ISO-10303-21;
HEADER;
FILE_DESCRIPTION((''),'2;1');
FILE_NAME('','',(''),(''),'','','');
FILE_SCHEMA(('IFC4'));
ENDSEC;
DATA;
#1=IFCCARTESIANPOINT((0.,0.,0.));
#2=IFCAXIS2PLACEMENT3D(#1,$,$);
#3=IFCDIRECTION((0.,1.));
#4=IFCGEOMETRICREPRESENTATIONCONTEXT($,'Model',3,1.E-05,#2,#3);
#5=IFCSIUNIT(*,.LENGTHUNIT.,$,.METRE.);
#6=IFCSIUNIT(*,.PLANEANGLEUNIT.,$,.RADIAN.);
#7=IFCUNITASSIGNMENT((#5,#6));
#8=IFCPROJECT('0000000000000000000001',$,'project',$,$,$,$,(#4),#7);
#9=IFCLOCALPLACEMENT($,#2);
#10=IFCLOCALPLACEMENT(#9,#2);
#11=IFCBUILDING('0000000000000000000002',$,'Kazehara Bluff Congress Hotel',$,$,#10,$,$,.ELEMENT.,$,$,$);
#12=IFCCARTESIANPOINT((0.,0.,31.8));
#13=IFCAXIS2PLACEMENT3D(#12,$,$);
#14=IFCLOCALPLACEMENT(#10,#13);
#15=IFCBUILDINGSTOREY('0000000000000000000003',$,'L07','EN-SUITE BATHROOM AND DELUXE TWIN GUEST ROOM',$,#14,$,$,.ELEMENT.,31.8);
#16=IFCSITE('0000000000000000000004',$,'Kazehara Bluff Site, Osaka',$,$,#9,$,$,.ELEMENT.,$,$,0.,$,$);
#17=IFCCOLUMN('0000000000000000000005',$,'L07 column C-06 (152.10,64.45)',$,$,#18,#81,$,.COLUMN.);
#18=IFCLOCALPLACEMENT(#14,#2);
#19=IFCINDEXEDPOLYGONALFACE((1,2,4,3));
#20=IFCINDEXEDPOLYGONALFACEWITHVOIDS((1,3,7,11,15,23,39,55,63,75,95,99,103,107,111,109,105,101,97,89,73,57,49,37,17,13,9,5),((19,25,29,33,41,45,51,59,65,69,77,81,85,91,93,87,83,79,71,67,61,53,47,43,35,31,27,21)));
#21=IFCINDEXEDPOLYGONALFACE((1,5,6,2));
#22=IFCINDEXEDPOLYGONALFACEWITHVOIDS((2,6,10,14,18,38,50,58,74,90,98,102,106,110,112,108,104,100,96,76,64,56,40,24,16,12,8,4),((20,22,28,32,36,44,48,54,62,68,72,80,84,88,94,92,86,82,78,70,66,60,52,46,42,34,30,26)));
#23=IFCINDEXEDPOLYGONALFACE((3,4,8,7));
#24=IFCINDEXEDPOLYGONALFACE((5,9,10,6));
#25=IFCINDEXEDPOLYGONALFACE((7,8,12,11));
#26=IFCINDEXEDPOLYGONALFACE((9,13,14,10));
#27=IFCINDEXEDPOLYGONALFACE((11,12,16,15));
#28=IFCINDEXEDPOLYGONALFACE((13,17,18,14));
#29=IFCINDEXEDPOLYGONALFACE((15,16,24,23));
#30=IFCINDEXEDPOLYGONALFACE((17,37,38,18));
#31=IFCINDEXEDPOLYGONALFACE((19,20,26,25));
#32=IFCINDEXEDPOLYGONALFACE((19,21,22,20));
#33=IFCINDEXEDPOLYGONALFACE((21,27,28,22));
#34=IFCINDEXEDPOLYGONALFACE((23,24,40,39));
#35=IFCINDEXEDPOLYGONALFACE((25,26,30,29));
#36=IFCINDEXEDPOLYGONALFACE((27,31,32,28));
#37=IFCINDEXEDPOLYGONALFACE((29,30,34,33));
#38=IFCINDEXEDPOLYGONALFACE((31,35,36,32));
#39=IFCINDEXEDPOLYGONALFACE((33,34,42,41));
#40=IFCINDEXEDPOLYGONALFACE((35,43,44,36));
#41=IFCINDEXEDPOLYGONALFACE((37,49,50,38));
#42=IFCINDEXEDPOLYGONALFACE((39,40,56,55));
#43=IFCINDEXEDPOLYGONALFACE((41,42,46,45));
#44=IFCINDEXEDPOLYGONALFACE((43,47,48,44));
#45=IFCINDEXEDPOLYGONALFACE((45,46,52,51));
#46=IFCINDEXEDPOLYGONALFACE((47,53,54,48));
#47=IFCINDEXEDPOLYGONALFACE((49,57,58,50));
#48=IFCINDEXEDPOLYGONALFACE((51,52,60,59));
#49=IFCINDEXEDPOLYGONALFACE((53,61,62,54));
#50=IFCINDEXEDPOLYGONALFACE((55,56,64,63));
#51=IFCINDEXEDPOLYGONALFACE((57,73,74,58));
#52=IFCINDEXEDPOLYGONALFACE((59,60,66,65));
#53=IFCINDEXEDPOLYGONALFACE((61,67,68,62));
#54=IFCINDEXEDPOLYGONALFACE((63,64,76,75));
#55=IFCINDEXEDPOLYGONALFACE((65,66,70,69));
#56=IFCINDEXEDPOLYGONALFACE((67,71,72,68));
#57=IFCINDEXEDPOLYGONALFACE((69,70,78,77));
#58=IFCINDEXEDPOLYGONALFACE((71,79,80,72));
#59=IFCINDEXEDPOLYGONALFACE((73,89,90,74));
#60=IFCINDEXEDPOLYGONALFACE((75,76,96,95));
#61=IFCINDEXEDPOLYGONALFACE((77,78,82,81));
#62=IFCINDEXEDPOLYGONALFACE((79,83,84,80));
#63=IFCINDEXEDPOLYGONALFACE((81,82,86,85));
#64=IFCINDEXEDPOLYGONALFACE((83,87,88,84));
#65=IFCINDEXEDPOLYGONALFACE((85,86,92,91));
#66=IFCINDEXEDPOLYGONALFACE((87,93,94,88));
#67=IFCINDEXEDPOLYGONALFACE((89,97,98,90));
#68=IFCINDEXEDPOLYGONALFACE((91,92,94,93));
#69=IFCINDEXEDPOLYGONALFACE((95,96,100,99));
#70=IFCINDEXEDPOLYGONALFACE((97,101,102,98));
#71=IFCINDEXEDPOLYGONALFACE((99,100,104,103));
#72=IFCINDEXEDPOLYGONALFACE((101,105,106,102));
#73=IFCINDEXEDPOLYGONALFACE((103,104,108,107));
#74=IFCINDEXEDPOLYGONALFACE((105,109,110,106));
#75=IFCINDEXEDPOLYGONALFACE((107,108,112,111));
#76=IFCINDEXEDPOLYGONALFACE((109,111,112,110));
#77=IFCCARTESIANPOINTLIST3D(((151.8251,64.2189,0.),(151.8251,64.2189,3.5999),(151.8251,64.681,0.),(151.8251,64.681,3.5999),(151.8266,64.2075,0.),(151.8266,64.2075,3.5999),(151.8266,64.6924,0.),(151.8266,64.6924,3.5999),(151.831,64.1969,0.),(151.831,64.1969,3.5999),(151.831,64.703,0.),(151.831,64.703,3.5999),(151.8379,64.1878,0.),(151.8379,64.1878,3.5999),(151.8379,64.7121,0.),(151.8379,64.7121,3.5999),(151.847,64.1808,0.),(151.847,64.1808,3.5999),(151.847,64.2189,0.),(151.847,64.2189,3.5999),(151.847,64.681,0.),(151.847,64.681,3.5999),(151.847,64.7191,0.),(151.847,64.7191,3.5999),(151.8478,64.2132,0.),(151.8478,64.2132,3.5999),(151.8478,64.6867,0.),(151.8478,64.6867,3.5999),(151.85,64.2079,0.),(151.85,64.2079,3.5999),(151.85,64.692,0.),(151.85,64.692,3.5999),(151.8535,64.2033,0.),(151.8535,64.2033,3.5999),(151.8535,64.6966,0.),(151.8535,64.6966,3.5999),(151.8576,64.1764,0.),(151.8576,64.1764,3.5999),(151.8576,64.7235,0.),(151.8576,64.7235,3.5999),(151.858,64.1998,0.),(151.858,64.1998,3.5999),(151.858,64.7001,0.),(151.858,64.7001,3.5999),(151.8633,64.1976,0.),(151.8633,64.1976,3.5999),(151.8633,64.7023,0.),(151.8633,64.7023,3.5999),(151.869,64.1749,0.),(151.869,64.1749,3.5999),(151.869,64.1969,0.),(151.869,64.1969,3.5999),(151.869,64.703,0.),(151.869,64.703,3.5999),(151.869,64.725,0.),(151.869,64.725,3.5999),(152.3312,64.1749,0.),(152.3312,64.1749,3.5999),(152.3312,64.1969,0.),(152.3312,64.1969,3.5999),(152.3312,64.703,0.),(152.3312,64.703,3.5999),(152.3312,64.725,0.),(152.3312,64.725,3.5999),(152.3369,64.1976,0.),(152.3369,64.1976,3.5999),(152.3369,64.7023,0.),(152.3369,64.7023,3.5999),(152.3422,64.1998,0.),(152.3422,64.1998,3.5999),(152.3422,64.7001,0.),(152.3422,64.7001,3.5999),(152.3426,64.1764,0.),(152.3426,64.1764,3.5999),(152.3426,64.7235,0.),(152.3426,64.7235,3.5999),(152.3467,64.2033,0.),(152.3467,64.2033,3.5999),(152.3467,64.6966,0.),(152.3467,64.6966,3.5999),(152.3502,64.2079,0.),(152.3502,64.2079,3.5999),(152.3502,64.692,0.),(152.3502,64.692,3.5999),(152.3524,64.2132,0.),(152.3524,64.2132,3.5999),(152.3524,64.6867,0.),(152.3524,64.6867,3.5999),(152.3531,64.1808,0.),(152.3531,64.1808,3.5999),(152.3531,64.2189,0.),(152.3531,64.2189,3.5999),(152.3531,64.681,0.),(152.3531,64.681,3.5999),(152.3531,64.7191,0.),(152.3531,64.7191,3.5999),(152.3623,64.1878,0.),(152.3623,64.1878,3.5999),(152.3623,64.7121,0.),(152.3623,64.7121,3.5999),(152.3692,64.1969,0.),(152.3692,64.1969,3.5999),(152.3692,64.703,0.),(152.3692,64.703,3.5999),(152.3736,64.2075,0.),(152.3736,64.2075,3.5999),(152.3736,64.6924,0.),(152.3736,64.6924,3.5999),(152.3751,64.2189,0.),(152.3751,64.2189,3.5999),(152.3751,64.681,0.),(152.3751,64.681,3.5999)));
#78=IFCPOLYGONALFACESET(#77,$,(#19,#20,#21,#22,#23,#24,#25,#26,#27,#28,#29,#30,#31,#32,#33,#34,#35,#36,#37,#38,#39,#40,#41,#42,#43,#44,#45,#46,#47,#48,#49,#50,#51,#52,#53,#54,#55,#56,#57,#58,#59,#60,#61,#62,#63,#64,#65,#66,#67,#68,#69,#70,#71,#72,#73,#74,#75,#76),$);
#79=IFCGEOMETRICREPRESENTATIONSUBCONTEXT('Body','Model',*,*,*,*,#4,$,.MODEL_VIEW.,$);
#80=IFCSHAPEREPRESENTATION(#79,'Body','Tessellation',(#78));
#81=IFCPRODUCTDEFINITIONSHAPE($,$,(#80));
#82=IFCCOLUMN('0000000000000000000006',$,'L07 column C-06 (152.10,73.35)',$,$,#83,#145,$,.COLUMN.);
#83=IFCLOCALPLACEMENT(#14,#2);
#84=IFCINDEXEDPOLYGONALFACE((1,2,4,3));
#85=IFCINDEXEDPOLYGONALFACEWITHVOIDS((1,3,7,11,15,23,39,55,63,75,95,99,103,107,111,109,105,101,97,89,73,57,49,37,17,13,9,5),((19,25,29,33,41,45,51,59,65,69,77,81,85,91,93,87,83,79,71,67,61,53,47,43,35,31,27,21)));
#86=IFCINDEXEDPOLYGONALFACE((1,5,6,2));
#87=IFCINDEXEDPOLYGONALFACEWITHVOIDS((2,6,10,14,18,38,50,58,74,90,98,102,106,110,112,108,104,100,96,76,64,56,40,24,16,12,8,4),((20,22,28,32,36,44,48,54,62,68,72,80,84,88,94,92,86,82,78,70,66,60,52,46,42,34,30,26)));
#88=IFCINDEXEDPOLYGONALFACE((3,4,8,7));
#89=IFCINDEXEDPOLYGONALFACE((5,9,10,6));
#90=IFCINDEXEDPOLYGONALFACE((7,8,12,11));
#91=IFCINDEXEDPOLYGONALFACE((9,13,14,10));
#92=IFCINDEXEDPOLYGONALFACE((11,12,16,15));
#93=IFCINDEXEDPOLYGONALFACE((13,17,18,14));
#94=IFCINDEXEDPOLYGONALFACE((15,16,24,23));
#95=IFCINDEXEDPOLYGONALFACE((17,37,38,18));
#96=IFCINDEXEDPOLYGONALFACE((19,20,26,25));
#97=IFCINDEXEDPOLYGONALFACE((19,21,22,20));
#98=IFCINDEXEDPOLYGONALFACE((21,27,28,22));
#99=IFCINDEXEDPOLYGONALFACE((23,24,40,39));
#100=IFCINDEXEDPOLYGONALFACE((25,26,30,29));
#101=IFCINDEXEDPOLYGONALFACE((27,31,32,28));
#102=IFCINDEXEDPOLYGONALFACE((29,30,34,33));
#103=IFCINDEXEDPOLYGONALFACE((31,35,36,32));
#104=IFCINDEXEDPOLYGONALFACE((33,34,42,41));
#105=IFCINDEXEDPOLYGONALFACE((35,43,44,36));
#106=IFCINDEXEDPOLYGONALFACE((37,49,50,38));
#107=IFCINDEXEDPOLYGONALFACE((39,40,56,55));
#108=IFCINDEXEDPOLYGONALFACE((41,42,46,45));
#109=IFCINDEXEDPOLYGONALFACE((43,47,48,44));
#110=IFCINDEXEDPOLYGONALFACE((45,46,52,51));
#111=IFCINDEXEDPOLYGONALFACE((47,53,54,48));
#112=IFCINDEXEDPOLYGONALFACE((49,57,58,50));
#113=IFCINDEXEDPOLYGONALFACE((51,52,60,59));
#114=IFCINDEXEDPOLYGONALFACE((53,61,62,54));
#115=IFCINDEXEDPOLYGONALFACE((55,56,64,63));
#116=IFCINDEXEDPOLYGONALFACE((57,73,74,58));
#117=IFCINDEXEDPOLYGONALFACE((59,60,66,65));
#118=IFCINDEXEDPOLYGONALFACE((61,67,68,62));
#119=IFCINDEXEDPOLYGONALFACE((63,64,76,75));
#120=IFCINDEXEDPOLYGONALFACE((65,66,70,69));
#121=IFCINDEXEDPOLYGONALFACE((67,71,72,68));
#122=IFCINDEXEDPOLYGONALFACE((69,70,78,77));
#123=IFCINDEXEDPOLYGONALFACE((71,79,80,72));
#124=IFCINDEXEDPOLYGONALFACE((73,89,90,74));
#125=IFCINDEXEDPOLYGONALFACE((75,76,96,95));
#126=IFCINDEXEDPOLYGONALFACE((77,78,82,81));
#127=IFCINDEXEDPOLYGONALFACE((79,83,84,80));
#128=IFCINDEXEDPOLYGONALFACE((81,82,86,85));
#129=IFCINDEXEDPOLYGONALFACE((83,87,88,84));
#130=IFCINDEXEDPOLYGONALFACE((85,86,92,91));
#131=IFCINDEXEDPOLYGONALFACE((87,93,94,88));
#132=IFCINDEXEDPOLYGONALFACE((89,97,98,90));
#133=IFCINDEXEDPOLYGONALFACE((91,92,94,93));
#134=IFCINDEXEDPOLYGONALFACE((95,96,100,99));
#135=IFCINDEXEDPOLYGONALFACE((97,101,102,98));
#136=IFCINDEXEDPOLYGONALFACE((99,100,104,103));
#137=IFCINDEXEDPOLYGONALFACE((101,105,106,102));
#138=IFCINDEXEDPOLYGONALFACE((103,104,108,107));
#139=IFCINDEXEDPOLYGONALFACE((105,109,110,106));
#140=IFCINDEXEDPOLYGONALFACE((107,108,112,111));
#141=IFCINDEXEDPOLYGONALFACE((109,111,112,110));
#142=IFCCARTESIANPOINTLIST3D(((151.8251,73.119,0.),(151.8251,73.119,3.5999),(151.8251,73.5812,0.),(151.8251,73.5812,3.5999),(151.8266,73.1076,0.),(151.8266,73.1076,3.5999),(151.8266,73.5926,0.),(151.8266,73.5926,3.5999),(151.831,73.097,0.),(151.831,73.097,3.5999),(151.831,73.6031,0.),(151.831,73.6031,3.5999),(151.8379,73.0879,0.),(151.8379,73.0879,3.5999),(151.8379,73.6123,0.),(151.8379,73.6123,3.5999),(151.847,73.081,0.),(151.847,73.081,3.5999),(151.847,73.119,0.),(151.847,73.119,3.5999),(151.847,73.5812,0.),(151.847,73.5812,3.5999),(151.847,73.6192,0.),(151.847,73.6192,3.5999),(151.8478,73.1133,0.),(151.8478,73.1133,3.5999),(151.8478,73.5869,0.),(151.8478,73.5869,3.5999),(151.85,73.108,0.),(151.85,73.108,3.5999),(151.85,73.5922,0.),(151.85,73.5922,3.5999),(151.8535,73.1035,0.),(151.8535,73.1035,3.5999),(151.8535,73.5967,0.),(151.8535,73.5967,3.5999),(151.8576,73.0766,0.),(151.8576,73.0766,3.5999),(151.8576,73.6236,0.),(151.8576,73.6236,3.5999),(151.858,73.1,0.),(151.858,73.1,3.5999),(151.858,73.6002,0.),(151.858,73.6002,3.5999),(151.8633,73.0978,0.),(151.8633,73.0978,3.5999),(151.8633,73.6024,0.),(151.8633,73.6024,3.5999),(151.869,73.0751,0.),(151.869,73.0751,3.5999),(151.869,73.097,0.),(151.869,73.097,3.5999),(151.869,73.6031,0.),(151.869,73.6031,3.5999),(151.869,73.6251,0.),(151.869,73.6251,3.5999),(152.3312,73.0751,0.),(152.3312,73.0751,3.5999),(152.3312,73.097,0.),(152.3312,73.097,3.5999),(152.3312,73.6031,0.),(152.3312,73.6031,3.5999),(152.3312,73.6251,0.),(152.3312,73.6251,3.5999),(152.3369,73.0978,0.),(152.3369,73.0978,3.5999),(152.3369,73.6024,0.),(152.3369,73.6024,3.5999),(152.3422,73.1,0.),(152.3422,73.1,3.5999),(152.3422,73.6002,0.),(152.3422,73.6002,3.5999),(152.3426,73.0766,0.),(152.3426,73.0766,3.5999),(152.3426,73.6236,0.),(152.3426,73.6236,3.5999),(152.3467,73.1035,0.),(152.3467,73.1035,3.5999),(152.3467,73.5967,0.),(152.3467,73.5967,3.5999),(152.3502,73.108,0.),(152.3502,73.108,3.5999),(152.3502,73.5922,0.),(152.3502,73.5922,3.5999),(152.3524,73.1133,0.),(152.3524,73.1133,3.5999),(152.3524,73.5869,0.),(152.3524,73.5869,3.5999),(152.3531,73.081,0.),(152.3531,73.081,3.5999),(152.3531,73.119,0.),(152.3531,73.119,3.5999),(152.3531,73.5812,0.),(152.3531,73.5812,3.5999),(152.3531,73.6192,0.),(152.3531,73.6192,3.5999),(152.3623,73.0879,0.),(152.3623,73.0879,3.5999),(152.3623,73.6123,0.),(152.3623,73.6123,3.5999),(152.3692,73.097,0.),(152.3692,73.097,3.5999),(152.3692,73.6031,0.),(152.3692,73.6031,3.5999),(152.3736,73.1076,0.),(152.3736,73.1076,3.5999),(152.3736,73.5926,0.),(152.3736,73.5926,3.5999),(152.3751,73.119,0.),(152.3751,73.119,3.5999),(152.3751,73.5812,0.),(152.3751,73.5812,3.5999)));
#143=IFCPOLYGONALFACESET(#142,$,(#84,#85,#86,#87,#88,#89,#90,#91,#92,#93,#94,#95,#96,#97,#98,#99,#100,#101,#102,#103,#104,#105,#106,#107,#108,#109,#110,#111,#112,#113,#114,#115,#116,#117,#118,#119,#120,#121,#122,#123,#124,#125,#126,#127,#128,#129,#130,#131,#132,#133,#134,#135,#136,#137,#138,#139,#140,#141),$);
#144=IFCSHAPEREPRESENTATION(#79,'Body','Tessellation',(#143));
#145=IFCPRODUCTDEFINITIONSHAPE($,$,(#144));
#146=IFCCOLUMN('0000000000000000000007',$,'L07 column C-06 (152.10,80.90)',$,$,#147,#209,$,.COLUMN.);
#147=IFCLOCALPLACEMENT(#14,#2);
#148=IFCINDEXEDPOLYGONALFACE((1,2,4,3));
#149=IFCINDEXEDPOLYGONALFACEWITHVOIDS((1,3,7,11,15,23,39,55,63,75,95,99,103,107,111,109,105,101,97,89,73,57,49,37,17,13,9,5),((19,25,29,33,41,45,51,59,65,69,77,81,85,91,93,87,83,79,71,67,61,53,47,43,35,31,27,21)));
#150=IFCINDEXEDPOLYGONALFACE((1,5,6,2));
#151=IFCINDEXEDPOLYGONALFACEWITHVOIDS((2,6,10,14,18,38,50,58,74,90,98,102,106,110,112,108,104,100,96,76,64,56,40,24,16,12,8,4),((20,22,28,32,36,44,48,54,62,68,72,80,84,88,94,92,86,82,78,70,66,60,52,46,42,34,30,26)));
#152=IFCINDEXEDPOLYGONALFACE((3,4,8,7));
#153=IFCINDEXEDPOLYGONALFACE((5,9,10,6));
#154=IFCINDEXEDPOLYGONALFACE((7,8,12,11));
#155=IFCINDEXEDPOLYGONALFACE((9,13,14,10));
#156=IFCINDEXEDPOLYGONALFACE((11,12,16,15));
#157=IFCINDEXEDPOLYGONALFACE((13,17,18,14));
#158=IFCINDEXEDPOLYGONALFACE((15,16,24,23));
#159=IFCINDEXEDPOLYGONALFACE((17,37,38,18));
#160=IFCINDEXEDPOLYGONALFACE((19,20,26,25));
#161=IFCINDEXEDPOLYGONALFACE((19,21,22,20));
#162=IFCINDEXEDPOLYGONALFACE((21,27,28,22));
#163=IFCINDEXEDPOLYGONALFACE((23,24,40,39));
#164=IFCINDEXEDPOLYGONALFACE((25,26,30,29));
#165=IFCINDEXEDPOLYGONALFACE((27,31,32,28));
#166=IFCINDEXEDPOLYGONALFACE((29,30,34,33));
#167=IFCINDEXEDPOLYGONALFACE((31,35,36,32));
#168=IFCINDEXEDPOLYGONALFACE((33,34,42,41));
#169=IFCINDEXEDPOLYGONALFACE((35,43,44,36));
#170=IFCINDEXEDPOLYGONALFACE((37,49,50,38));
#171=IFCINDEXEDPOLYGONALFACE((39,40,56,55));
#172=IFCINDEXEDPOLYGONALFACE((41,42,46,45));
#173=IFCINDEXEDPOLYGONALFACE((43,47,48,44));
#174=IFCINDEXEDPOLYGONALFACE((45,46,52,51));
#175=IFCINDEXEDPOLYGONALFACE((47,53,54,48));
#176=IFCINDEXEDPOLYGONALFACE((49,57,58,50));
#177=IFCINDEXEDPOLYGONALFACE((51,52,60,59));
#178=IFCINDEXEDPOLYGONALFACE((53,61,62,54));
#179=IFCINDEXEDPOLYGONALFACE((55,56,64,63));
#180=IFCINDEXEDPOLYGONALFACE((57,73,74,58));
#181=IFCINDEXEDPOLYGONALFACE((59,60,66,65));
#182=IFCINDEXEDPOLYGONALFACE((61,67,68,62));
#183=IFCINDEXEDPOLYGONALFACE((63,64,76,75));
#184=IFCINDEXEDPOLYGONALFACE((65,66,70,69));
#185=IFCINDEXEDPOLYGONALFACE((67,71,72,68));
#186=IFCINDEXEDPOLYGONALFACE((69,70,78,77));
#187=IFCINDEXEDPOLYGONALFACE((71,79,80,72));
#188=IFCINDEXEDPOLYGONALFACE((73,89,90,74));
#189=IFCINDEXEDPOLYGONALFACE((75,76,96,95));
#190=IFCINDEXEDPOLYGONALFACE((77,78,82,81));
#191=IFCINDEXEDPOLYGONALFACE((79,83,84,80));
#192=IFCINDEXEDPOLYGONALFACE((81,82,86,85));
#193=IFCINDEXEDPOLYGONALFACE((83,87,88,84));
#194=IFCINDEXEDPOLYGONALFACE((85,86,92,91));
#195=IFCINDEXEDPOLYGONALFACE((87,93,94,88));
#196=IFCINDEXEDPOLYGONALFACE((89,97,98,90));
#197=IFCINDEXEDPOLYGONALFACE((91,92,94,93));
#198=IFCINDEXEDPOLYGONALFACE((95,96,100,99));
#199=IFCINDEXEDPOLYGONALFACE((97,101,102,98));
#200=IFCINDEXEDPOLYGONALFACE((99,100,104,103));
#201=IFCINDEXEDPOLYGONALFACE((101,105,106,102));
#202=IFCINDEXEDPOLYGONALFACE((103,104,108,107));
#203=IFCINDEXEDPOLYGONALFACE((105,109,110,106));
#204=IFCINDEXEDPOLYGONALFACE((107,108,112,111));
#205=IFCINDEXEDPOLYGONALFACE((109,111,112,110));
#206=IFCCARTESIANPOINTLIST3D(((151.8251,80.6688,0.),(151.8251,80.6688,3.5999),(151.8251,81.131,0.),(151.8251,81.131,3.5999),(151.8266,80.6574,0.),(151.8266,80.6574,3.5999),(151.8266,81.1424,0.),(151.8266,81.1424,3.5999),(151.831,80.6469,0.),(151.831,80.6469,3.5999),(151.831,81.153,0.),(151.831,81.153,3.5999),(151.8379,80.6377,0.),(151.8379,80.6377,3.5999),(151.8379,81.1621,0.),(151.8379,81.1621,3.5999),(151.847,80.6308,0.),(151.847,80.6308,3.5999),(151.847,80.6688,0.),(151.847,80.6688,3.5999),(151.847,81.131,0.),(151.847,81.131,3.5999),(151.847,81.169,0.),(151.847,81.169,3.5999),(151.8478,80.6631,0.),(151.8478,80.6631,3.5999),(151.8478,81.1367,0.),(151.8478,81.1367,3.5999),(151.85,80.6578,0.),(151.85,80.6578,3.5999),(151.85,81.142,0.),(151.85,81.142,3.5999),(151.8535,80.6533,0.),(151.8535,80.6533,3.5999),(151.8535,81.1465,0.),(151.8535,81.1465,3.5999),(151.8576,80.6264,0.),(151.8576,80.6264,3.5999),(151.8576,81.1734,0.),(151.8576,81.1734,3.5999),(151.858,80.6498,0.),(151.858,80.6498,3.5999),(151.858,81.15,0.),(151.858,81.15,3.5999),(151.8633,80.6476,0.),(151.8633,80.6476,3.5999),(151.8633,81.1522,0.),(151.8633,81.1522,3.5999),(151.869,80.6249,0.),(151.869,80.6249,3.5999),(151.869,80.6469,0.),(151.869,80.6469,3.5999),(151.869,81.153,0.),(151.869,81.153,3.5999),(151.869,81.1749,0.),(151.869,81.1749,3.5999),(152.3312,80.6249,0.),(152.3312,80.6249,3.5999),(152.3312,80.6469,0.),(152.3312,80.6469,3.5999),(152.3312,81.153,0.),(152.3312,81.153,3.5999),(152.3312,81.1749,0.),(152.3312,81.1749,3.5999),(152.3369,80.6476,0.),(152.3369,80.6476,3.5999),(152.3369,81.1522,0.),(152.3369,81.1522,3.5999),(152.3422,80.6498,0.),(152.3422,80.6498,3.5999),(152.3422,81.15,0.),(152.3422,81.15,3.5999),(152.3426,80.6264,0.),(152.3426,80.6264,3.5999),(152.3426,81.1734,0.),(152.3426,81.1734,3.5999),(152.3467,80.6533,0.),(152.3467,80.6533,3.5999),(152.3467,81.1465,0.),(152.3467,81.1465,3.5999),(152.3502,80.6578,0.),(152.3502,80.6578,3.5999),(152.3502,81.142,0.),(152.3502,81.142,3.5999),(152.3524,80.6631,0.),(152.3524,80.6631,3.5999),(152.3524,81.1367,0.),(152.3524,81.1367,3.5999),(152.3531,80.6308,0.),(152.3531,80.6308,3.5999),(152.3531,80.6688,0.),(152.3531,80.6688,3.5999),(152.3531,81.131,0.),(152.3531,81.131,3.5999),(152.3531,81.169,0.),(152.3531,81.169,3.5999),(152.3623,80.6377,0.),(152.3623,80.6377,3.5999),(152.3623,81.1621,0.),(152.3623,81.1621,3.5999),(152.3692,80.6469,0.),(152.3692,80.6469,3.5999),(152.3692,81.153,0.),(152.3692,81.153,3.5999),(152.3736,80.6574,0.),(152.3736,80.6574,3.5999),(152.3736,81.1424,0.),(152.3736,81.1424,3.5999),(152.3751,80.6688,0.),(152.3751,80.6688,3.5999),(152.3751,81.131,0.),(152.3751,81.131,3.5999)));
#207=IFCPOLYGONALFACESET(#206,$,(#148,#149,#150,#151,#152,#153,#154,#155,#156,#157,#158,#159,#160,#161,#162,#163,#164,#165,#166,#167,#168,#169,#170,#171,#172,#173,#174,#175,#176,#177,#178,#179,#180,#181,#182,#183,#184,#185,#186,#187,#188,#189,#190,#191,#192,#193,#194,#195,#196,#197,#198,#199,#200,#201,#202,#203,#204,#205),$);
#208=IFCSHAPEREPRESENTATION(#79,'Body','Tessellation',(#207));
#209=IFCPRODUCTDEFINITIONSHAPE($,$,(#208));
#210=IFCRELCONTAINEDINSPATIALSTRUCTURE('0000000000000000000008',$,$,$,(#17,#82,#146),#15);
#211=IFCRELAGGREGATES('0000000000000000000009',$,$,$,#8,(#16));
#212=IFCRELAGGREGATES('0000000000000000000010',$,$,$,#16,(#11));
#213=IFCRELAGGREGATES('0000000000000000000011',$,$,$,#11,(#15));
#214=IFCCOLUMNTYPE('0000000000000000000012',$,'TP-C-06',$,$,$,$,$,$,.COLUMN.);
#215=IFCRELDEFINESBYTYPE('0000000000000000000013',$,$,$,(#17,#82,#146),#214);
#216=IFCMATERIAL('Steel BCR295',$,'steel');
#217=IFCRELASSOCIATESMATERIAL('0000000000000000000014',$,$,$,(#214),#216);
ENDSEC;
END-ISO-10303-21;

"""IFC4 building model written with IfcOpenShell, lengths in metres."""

from ifc_helpers import new_model, si_unit, direction, frame, origin, origin_2d, place, context, subcontext, project, spatial, hollow_rectangle, extrude, material, material_profile, profile_set, type_object, element, save


model = new_model("IFC4")

# Units and contexts
model_context = context("Model", 3, precision=1e-05, world=origin(), true_north=direction((0.0, 1.0)))
body_context = subcontext(model_context, "Body", "Model", "MODEL_VIEW")
ifc_project = project(units=[si_unit("LENGTHUNIT", "METRE"), si_unit("PLANEANGLEUNIT", "RADIAN")], contexts=[model_context])

# Site, building, storey
site_placement = place(None, origin())
site = spatial("IfcSite", under=ifc_project, at=site_placement, Name="Kazehara Bluff Site, Osaka", CompositionType="ELEMENT", RefElevation=0.0)
building_placement = place(site_placement, origin())
building = spatial("IfcBuilding", under=site, at=building_placement, Name="Kazehara Bluff Congress Hotel", CompositionType="ELEMENT")
storey_placement = place(building_placement, frame((0.0, 0.0, 31.8)))
storey = spatial("IfcBuildingStorey", under=building, at=storey_placement, Name="L07", Description="EN-SUITE BATHROOM AND DELUXE TWIN GUEST ROOM", CompositionType="ELEMENT", Elevation=31.8)

# Columns
ifc_material_1 = material(Name="Steel BCR295", Category="steel")
ifc_material_profile_1 = material_profile(ifc_material_1, hollow_rectangle(XDim=0.55, YDim=0.55, WallThickness=0.022, InnerFilletRadius=0.022, OuterFilletRadius=0.0439, at=origin_2d()))
ifc_profile_set_1 = profile_set([ifc_material_profile_1], Name="Steel BCR295")
column_type = type_object("IfcColumnType", Name="TP-C-06", PredefinedType="COLUMN", material=ifc_profile_set_1)
for number, where, z_axis, x_axis, name in (
    (1, (152.1001, 64.45, 0.0), (0.0, 0.0, 1.0), (1.0, 0.0, 0.0), "L07 column C-06 (152.10,64.45)"),
    (2, (152.1001, 73.3501, 0.0), (0.0, 0.0, 1.0), (1.0, 0.0, 0.0), "L07 column C-06 (152.10,73.35)"),
    (3, (152.1001, 80.8999, 0.0), (0.0, 0.0, 1.0), (1.0, 0.0, 0.0), "L07 column C-06 (152.10,80.90)"),
):
    element("IfcColumn", number, at=place(storey_placement, frame(where, z_axis=z_axis, x_axis=x_axis)), inside=storey, type_object=column_type, Name=name, PredefinedType="COLUMN", context=body_context, shape_type="SweptSolid", body=[
        extrude(hollow_rectangle(XDim=0.55, YDim=0.55, WallThickness=0.022, InnerFilletRadius=0.022, OuterFilletRadius=0.0439, at=origin_2d()), origin(), (0.0, 0.0, 1.0), 3.5999),
    ])

save(model, "model.ifc")
